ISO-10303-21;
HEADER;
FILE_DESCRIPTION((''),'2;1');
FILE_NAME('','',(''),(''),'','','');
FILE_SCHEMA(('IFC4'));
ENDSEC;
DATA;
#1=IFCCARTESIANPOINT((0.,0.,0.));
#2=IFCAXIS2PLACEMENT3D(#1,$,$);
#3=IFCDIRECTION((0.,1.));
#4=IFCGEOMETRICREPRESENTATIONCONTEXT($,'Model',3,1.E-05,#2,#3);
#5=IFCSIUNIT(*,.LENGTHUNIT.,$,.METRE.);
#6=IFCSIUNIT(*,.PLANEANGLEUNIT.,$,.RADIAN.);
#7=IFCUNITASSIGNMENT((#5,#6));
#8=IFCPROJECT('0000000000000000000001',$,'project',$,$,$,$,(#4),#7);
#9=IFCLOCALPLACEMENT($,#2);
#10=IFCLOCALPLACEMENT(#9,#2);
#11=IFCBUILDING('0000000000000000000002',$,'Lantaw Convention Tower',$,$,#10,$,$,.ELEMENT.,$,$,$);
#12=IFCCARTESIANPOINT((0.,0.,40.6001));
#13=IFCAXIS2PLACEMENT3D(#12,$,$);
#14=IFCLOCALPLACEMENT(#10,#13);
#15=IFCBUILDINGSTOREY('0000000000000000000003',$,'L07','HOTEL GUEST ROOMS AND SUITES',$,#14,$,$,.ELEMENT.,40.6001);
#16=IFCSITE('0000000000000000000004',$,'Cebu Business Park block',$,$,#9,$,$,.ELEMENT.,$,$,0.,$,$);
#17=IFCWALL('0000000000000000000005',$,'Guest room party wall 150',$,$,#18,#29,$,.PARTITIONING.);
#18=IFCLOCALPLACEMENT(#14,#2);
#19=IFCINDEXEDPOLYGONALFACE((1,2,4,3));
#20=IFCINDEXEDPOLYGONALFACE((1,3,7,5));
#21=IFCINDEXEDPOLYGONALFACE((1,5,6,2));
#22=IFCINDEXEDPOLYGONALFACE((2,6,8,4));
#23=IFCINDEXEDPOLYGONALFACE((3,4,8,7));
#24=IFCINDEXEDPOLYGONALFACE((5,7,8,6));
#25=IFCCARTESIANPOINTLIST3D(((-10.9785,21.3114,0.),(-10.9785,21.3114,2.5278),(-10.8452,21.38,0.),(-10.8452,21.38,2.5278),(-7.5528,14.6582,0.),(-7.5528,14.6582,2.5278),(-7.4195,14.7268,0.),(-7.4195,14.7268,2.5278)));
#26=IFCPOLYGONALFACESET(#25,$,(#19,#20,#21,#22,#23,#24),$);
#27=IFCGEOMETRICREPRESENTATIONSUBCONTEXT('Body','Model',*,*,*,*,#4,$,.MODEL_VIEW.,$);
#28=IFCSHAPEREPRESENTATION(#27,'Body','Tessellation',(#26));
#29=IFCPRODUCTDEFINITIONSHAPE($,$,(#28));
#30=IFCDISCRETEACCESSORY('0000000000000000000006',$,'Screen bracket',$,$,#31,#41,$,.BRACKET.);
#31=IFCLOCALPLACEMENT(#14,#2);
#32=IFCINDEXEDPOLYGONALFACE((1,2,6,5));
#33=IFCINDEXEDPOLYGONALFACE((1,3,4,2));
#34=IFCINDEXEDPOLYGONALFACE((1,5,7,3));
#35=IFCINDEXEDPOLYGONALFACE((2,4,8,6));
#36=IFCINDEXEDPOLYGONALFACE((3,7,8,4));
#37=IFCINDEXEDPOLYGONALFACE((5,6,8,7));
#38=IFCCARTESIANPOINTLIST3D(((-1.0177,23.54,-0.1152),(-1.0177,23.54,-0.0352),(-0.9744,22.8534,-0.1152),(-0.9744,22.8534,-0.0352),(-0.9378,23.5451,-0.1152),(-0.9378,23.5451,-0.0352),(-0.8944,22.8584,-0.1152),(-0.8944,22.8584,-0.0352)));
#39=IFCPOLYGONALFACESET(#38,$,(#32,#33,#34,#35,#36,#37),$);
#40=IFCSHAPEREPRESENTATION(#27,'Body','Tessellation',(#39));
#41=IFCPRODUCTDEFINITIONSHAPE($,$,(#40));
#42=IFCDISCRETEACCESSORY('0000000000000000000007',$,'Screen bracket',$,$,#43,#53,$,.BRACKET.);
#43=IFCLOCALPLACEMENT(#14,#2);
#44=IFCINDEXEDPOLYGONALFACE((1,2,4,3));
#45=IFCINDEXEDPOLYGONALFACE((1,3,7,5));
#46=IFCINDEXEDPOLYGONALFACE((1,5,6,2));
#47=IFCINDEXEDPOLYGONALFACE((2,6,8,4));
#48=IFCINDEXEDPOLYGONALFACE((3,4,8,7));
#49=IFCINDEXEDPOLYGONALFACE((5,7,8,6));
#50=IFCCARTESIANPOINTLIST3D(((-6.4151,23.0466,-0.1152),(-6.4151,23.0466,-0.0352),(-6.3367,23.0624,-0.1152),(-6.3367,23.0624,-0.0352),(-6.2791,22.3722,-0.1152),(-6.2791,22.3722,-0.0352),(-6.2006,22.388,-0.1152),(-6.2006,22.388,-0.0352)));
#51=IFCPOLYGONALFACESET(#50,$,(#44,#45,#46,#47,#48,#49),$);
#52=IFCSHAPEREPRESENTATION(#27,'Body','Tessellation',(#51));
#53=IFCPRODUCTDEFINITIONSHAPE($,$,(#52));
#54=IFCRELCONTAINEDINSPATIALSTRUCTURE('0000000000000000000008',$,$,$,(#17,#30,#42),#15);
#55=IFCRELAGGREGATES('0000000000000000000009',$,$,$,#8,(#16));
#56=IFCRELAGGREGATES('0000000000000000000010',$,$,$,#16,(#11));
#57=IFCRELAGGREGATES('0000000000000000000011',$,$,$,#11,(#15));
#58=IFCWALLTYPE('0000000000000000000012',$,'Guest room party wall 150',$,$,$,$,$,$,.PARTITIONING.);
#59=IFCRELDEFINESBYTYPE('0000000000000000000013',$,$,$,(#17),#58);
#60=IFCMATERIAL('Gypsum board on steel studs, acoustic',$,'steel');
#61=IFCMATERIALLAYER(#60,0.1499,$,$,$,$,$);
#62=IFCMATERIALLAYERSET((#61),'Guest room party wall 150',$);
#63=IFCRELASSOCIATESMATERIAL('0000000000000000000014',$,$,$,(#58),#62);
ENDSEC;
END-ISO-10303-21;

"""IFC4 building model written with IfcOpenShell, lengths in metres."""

from ifc_helpers import new_model, si_unit, direction, frame, frame_2d, origin, origin_2d, place, context, subcontext, project, spatial, rectangle, extrude, material, layer, layer_set, type_object, element, save


model = new_model("IFC4")

# Units and contexts
model_context = context("Model", 3, precision=1e-05, world=origin(), true_north=direction((0.0, 1.0)))
body_context = subcontext(model_context, "Body", "Model", "MODEL_VIEW")
ifc_project = project(units=[si_unit("LENGTHUNIT", "METRE"), si_unit("PLANEANGLEUNIT", "RADIAN")], contexts=[model_context])

# Site, building, storey
site_placement = place(None, origin())
site = spatial("IfcSite", under=ifc_project, at=site_placement, Name="Cebu Business Park block", CompositionType="ELEMENT", RefElevation=0.0)
building_placement = place(site_placement, origin())
building = spatial("IfcBuilding", under=site, at=building_placement, Name="Lantaw Convention Tower", CompositionType="ELEMENT")
storey_placement = place(building_placement, frame((0.0, 0.0, 40.6001)))
storey = spatial("IfcBuildingStorey", under=building, at=storey_placement, Name="L07", Description="HOTEL GUEST ROOMS AND SUITES", CompositionType="ELEMENT", Elevation=40.6001)

# Wall
ifc_material_1 = material(Name="Gypsum board on steel studs, acoustic", Category="steel")
ifc_layer_1 = layer(ifc_material_1, 0.1499)
ifc_layer_set_1 = layer_set([ifc_layer_1], Name="Guest room party wall 150")
wall_type_1 = type_object("IfcWallType", Name="Guest room party wall 150", PredefinedType="PARTITIONING", material=ifc_layer_set_1)
wall_1_placement = place(storey_placement, frame((-10.9119, 21.3457, 0.0), z_axis=(0.0, 0.0, 1.0), x_axis=(0.457778, -0.889066, 0.0)))
element("IfcWall", 1, at=wall_1_placement, inside=storey, type_object=wall_type_1, Name="Guest room party wall 150", PredefinedType="PARTITIONING", context=body_context, shape_type="SweptSolid", body=[
    extrude(rectangle(XDim=7.4834, YDim=0.1499, at=frame_2d((3.7417, 0.0))), origin(), (0.0, 0.0, 1.0), 2.5278),
])

# Discrete accessories
for number, where, z_axis, x_axis, name in (
    (2, (-0.9561, 23.1992, -0.1152), (0.0, 0.0, 1.0), (-0.998016, -0.062958, 0.0), "Screen bracket"),
    (3, (-6.3079, 22.7173, -0.1152), (0.0, 0.0, 1.0), (-0.980245, -0.197789, 0.0), "Screen bracket"),
):
    element("IfcDiscreteAccessory", number, at=place(storey_placement, frame(where, z_axis=z_axis, x_axis=x_axis)), inside=storey, Name=name, PredefinedType="BRACKET", context=body_context, shape_type="SweptSolid", body=[
        extrude(rectangle(XDim=0.0801, YDim=0.688, at=origin_2d()), origin(), (0.0, 0.0, 1.0), 0.0801),
    ])

save(model, "model.ifc")
